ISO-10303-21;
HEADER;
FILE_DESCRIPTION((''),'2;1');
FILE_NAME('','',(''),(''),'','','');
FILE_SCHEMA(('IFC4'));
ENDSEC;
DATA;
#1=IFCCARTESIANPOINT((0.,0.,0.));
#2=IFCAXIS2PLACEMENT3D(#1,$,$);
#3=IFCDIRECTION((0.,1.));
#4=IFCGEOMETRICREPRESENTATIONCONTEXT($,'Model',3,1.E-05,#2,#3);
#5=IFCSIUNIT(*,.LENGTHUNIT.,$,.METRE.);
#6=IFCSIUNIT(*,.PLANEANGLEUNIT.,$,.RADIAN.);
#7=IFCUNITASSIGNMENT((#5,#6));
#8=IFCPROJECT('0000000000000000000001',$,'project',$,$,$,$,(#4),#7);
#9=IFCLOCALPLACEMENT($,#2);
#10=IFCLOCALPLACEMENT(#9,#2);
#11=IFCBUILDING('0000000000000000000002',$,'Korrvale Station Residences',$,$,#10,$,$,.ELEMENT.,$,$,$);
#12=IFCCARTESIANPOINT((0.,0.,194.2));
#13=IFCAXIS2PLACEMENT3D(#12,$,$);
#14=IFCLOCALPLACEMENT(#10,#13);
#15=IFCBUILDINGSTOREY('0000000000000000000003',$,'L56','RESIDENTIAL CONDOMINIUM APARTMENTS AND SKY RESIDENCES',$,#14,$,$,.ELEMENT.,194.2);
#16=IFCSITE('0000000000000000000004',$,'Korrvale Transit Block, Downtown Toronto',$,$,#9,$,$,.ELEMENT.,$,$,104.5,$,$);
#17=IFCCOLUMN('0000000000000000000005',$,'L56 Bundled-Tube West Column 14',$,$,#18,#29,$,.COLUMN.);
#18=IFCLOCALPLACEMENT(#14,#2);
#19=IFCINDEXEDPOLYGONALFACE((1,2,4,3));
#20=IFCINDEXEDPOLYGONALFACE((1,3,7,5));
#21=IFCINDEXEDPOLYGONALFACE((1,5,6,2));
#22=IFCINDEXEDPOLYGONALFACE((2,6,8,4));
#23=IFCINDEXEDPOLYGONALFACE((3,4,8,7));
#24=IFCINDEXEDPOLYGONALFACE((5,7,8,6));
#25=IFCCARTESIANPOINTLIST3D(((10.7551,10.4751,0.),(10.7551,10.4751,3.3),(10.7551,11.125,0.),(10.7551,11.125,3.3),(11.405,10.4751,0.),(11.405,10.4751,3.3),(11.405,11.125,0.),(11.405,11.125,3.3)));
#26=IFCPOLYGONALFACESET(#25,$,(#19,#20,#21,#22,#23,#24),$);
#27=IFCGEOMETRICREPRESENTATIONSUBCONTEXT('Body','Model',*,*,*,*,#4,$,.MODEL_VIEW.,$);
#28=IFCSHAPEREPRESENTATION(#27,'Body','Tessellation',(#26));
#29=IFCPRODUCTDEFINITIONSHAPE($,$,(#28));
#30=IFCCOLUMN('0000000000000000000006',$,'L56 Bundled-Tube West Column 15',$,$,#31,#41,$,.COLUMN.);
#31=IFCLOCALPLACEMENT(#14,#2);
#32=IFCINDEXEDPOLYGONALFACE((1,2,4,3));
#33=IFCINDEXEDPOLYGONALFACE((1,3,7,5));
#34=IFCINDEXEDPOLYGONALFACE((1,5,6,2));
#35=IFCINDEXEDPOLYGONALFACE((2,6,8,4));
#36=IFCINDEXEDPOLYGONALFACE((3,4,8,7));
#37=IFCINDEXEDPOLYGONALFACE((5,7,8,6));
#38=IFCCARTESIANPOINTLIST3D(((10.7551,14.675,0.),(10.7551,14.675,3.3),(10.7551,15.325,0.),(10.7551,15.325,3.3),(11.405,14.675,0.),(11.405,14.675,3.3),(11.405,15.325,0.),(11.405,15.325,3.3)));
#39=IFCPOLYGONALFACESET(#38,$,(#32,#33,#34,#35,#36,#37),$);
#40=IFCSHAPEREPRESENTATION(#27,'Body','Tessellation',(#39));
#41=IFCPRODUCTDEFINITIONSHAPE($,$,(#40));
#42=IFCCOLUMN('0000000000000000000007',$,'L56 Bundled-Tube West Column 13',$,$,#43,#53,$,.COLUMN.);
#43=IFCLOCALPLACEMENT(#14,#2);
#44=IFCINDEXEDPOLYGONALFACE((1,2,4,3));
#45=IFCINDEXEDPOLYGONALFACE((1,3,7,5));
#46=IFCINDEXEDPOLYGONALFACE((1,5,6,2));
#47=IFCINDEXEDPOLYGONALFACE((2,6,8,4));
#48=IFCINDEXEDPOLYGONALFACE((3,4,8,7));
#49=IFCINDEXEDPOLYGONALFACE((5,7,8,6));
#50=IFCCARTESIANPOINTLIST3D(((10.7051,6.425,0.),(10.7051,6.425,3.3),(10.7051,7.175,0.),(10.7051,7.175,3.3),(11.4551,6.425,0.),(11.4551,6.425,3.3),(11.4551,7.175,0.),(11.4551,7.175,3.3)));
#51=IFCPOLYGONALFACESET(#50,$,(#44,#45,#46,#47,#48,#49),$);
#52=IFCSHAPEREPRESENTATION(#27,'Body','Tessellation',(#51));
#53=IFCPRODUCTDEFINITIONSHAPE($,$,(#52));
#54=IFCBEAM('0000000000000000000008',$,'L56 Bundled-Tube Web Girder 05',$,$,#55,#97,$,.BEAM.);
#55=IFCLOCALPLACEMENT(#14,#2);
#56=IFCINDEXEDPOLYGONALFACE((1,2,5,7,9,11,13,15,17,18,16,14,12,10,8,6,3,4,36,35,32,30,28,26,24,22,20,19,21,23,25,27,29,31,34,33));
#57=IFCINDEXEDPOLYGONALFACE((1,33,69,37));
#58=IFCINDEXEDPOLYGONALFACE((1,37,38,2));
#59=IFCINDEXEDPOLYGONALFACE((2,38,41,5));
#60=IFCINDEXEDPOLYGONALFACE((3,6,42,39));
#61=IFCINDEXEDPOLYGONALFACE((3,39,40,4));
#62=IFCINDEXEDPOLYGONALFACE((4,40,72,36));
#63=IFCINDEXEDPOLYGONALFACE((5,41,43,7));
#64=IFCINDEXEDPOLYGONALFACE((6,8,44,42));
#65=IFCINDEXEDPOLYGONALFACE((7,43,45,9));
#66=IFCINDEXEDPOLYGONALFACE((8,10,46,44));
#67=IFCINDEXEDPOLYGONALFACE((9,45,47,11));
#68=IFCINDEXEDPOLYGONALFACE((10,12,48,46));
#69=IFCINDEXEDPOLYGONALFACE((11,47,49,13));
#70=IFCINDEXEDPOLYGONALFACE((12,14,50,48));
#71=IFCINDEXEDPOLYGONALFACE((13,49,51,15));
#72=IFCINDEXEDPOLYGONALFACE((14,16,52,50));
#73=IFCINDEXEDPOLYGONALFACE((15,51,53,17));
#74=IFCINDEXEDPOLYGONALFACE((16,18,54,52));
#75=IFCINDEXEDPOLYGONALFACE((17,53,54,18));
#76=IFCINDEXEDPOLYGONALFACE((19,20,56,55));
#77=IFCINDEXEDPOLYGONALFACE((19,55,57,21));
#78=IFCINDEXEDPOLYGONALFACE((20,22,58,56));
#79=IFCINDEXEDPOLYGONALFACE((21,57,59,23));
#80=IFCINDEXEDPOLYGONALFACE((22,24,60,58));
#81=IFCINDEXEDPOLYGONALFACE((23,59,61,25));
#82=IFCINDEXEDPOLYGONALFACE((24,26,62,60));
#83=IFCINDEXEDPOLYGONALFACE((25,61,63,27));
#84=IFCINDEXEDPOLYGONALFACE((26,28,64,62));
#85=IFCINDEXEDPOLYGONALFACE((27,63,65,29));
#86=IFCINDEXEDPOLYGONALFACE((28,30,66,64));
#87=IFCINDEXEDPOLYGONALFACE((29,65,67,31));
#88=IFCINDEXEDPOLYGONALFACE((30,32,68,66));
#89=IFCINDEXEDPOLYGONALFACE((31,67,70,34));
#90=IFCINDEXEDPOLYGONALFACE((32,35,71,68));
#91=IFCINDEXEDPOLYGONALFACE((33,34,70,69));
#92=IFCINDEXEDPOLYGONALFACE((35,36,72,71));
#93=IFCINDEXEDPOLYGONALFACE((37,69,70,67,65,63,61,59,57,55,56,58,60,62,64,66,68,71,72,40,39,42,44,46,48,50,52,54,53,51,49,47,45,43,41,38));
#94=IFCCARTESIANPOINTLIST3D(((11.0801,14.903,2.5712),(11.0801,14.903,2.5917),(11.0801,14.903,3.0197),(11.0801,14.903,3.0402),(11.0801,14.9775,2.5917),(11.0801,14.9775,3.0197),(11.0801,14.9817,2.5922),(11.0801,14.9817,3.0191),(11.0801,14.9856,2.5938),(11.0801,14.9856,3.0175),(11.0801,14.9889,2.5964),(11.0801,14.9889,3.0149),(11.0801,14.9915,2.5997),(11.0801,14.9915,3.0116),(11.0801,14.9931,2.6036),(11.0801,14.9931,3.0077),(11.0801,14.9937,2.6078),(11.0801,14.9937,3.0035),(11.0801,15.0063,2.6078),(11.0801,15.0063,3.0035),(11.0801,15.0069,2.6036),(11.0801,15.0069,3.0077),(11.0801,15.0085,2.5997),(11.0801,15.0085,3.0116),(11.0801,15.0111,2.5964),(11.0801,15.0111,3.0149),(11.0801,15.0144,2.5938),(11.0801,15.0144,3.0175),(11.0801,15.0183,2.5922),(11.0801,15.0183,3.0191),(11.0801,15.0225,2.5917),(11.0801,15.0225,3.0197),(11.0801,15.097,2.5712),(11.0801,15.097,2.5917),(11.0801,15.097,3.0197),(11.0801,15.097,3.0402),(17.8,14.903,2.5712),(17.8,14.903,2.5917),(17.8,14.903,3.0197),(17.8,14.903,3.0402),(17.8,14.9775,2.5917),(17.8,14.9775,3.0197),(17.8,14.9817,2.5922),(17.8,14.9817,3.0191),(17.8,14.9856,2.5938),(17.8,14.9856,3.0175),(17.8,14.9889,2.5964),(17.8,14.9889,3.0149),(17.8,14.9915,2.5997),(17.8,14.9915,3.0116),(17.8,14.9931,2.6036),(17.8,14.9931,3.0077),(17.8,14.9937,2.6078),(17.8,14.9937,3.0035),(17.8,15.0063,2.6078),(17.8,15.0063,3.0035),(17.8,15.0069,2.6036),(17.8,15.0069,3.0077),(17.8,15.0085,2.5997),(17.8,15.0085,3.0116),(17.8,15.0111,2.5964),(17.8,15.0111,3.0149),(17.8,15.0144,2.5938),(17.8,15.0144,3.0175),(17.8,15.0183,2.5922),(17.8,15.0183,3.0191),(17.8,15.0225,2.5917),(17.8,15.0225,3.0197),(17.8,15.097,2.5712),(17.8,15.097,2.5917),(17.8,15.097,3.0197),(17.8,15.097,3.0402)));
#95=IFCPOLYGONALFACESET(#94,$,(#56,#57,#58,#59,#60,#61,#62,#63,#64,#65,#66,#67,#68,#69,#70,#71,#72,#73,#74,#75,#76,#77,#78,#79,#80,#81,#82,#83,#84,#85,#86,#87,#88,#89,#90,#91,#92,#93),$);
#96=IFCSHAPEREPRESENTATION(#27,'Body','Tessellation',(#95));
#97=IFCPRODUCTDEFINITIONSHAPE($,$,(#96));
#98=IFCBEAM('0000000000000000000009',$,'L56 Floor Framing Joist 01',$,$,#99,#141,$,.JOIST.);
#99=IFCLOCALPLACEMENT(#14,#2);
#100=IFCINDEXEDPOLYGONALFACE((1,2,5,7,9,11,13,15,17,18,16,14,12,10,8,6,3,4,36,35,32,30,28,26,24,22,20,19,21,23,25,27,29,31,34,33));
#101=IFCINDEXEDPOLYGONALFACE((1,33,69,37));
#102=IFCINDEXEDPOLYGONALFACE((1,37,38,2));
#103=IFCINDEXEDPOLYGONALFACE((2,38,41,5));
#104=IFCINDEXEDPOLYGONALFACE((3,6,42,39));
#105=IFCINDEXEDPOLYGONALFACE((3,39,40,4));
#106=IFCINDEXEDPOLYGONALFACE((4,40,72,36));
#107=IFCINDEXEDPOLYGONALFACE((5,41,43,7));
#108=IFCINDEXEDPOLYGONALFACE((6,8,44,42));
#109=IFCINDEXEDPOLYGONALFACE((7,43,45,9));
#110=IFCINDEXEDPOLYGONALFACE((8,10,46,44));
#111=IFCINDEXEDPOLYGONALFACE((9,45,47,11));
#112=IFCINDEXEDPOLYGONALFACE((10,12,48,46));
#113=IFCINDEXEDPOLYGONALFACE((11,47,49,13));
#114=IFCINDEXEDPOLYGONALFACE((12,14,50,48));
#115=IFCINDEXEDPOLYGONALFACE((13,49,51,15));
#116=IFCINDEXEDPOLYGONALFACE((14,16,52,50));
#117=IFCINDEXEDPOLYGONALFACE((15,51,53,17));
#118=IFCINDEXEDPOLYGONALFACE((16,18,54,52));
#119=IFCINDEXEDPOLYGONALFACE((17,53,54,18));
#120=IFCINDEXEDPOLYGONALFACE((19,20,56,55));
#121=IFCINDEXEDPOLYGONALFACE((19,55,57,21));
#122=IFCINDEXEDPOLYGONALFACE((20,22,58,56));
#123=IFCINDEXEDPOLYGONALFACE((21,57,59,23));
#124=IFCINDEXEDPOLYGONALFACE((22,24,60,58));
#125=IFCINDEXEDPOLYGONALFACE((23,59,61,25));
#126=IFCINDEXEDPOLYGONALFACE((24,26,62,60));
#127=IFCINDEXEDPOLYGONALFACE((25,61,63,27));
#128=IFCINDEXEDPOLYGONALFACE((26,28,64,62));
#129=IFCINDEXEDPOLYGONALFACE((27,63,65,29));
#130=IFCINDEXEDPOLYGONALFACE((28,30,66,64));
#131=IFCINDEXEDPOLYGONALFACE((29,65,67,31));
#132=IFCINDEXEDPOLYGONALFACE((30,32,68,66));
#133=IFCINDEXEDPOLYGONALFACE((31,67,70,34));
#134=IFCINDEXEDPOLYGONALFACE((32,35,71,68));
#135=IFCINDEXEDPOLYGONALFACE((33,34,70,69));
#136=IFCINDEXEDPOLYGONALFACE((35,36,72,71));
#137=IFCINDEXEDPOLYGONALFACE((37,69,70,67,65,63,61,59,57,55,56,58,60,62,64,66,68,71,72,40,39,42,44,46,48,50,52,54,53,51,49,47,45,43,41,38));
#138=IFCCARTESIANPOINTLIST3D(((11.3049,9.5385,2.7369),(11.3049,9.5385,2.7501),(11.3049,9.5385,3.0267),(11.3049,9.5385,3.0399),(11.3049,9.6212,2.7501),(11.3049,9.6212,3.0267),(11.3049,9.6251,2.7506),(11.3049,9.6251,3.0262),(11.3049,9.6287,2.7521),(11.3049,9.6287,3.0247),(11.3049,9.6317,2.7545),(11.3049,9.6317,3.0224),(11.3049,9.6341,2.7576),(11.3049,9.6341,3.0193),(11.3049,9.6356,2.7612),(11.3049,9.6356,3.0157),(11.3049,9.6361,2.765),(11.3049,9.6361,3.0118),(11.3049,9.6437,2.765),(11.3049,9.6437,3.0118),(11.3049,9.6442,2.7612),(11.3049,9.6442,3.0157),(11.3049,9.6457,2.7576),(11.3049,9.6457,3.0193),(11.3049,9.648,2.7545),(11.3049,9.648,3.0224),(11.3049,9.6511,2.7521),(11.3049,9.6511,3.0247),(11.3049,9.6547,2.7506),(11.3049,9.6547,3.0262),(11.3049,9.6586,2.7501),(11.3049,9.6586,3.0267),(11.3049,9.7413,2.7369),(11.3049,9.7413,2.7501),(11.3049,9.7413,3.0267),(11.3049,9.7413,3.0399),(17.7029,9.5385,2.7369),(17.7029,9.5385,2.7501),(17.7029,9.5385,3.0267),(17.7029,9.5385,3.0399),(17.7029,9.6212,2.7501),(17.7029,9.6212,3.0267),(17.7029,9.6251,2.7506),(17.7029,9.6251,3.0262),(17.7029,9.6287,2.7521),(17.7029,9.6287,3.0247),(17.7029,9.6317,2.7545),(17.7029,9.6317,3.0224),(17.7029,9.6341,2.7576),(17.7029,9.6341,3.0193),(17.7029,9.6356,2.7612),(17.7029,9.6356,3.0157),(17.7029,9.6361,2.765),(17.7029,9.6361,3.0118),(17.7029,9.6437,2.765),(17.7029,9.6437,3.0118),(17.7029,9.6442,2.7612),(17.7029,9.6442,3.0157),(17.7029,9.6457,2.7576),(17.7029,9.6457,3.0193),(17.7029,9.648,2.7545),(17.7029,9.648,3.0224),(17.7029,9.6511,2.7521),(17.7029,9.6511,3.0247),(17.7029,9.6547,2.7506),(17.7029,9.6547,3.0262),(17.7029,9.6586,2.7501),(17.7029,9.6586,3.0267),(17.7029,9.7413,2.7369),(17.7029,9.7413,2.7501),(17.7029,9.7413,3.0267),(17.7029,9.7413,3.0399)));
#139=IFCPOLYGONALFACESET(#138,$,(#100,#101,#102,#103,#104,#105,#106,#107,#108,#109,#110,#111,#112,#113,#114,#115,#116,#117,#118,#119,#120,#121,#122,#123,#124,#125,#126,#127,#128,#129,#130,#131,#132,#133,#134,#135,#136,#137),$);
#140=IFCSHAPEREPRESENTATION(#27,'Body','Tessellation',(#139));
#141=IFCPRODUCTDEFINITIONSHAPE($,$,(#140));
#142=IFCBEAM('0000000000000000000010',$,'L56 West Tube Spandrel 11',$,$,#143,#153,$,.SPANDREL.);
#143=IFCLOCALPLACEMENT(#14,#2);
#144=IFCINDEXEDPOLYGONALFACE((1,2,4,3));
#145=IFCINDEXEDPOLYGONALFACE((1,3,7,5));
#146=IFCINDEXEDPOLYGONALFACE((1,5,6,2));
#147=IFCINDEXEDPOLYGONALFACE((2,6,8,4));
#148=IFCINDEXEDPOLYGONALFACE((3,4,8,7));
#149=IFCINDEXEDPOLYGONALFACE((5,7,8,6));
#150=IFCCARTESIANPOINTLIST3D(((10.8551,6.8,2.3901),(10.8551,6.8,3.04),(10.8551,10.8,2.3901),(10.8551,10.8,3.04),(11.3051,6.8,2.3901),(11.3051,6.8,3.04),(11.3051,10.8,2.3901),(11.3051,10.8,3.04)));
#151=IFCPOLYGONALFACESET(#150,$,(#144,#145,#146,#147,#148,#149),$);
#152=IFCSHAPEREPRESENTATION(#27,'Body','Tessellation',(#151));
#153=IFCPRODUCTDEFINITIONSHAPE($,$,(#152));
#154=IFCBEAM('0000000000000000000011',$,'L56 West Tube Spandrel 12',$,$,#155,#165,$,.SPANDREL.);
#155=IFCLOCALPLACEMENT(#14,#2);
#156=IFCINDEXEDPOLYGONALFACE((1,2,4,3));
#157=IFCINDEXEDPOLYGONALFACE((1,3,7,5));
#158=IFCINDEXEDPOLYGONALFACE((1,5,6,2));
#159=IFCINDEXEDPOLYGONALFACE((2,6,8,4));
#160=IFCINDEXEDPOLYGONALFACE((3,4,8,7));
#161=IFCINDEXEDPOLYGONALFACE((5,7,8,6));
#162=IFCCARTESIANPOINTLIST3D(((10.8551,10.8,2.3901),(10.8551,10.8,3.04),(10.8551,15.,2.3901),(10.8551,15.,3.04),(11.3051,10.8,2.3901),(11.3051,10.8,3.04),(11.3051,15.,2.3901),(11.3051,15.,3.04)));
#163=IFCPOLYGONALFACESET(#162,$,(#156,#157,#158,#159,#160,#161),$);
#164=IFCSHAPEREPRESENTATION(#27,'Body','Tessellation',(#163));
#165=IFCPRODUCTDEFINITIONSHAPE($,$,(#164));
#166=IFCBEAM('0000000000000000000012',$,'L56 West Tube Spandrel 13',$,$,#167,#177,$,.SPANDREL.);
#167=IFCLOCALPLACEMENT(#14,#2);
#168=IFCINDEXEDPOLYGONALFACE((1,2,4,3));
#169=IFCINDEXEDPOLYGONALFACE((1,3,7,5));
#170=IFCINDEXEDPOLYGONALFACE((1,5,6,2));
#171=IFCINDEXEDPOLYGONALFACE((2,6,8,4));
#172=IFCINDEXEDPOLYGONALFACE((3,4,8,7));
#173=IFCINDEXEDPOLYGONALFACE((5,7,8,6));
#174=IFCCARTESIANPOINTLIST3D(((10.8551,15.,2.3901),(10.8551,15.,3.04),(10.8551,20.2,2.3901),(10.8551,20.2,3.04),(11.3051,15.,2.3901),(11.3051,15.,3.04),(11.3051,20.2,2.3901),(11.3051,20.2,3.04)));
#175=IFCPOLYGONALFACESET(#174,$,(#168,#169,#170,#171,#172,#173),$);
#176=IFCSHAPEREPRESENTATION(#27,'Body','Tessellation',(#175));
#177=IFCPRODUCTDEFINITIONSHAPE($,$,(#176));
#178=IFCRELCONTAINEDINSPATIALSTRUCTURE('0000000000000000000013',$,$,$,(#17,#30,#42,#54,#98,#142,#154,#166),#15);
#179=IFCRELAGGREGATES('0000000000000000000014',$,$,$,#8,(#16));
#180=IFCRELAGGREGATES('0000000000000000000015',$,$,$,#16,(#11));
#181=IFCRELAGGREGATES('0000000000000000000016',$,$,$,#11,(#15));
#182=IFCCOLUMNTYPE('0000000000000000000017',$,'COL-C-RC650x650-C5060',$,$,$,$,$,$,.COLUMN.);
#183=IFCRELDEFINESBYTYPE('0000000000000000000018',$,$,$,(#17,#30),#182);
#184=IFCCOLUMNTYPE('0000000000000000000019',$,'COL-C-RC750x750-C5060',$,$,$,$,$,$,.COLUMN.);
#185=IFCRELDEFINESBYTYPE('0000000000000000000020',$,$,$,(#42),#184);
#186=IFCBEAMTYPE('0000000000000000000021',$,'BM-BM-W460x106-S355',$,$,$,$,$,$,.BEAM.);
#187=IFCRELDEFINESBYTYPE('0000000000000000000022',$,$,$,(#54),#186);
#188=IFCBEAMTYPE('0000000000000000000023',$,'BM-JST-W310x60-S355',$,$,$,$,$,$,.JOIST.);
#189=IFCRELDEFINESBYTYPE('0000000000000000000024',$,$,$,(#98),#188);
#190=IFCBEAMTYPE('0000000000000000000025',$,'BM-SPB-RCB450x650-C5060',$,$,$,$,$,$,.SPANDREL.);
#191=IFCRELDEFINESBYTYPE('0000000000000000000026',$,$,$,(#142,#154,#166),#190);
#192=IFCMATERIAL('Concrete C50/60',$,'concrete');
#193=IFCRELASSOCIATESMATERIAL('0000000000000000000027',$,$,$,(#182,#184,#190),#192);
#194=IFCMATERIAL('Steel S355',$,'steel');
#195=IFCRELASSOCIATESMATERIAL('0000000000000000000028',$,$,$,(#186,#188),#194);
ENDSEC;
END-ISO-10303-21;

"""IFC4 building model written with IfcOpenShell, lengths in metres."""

from ifc_helpers import new_model, si_unit, direction, frame, origin, origin_2d, place, context, subcontext, project, spatial, rectangle, i_section, extrude, material, material_profile, profile_set, type_object, element, save


model = new_model("IFC4")

# Units and contexts
model_context = context("Model", 3, precision=1e-05, world=origin(), true_north=direction((0.0, 1.0)))
body_context = subcontext(model_context, "Body", "Model", "MODEL_VIEW")
ifc_project = project(units=[si_unit("LENGTHUNIT", "METRE"), si_unit("PLANEANGLEUNIT", "RADIAN")], contexts=[model_context])

# Site, building, storey
site_placement = place(None, origin())
site = spatial("IfcSite", under=ifc_project, at=site_placement, Name="Korrvale Transit Block, Downtown Toronto", CompositionType="ELEMENT", RefElevation=104.5)
building_placement = place(site_placement, origin())
building = spatial("IfcBuilding", under=site, at=building_placement, Name="Korrvale Station Residences", CompositionType="ELEMENT")
storey_placement = place(building_placement, frame((0.0, 0.0, 194.2)))
storey = spatial("IfcBuildingStorey", under=building, at=storey_placement, Name="L56", Description="RESIDENTIAL CONDOMINIUM APARTMENTS AND SKY RESIDENCES", CompositionType="ELEMENT", Elevation=194.2)

# Columns
ifc_material_1 = material(Name="Concrete C50/60", Category="concrete")
ifc_material_profile_1 = material_profile(ifc_material_1, rectangle(XDim=0.6499, YDim=0.6499, at=origin_2d()), Name="RC650x650")
ifc_profile_set_1 = profile_set([ifc_material_profile_1], Name="Concrete C50/60")
column_type_1 = type_object("IfcColumnType", Name="COL-C-RC650x650-C5060", PredefinedType="COLUMN", material=ifc_profile_set_1)
for number, where, z_axis, x_axis, name in (
    (1, (11.0801, 10.8, 0.0), (0.0, 0.0, 1.0), (1.0, 0.0, 0.0), "L56 Bundled-Tube West Column 14"),
    (2, (11.0801, 15.0, 0.0), (0.0, 0.0, 1.0), (1.0, 0.0, 0.0), "L56 Bundled-Tube West Column 15"),
):
    element("IfcColumn", number, at=place(storey_placement, frame(where, z_axis=z_axis, x_axis=x_axis)), inside=storey, type_object=column_type_1, Name=name, PredefinedType="COLUMN", context=body_context, shape_type="SweptSolid", body=[
        extrude(rectangle(XDim=0.6499, YDim=0.6499, at=origin_2d()), origin(), (0.0, 0.0, 1.0), 3.3),
    ])
ifc_material_profile_2 = material_profile(ifc_material_1, rectangle(XDim=0.75, YDim=0.75, at=origin_2d()), Name="RC750x750")
ifc_profile_set_2 = profile_set([ifc_material_profile_2], Name="Concrete C50/60")
column_type_2 = type_object("IfcColumnType", Name="COL-C-RC750x750-C5060", PredefinedType="COLUMN", material=ifc_profile_set_2)
column_placement = place(storey_placement, frame((11.0801, 6.8, 0.0), z_axis=(0.0, 0.0, 1.0), x_axis=(1.0, 0.0, 0.0)))
element("IfcColumn", 3, at=column_placement, inside=storey, type_object=column_type_2, Name="L56 Bundled-Tube West Column 13", PredefinedType="COLUMN", context=body_context, shape_type="SweptSolid", body=[
    extrude(rectangle(XDim=0.75, YDim=0.75, at=origin_2d()), origin(), (0.0, 0.0, 1.0), 3.3),
])

# Beams
ifc_material_2 = material(Name="Steel S355", Category="steel")
ifc_material_profile_3 = material_profile(ifc_material_2, i_section(OverallWidth=0.1941, OverallDepth=0.469, WebThickness=0.0127, FlangeThickness=0.0205, FilletRadius=0.0161, at=origin_2d()), Name="W460x106")
ifc_profile_set_3 = profile_set([ifc_material_profile_3], Name="Steel S355")
beam_type_1 = type_object("IfcBeamType", Name="BM-BM-W460x106-S355", PredefinedType="BEAM", material=ifc_profile_set_3)
beam_1_placement = place(storey_placement, frame((11.0801, 15.0, 2.8057), z_axis=(1.0, 0.0, 0.0), x_axis=(0.0, 1.0, 0.0)))
element("IfcBeam", 4, at=beam_1_placement, inside=storey, type_object=beam_type_1, Name="L56 Bundled-Tube Web Girder 05", PredefinedType="BEAM", context=body_context, shape_type="SweptSolid", body=[
    extrude(i_section(OverallWidth=0.1941, OverallDepth=0.469, WebThickness=0.0127, FlangeThickness=0.0205, FilletRadius=0.0161, at=origin_2d()), origin(), (0.0, 0.0, 1.0), 6.72),
])
ifc_material_profile_4 = material_profile(ifc_material_2, i_section(OverallWidth=0.2029, OverallDepth=0.303, WebThickness=0.0076, FlangeThickness=0.0132, FilletRadius=0.0149, at=origin_2d()), Name="W310x60")
ifc_profile_set_4 = profile_set([ifc_material_profile_4], Name="Steel S355")
beam_type_2 = type_object("IfcBeamType", Name="BM-JST-W310x60-S355", PredefinedType="JOIST", material=ifc_profile_set_4)
beam_2_placement = place(storey_placement, frame((11.3049, 9.6399, 2.8884), z_axis=(1.0, 0.0, 0.0), x_axis=(0.0, 1.0, 0.0)))
element("IfcBeam", 5, at=beam_2_placement, inside=storey, type_object=beam_type_2, Name="L56 Floor Framing Joist 01", PredefinedType="JOIST", context=body_context, shape_type="SweptSolid", body=[
    extrude(i_section(OverallWidth=0.2029, OverallDepth=0.303, WebThickness=0.0076, FlangeThickness=0.0132, FilletRadius=0.0149, at=origin_2d()), origin(), (0.0, 0.0, 1.0), 6.3979),
])
ifc_material_profile_5 = material_profile(ifc_material_1, rectangle(XDim=0.45, YDim=0.6499, at=origin_2d()), Name="RCB450x650")
ifc_profile_set_5 = profile_set([ifc_material_profile_5], Name="Concrete C50/60")
beam_type_3 = type_object("IfcBeamType", Name="BM-SPB-RCB450x650-C5060", PredefinedType="SPANDREL", material=ifc_profile_set_5)
beam_3_placement = place(storey_placement, frame((11.0801, 6.8, 2.7151), z_axis=(0.0, 1.0, 0.0), x_axis=(-1.0, 0.0, 0.0)))
element("IfcBeam", 6, at=beam_3_placement, inside=storey, type_object=beam_type_3, Name="L56 West Tube Spandrel 11", PredefinedType="SPANDREL", context=body_context, shape_type="SweptSolid", body=[
    extrude(rectangle(XDim=0.45, YDim=0.6499, at=origin_2d()), origin(), (0.0, 0.0, 1.0), 4.0),
])
beam_4_placement = place(storey_placement, frame((11.0801, 10.8, 2.7151), z_axis=(0.0, 1.0, 0.0), x_axis=(-1.0, 0.0, 0.0)))
element("IfcBeam", 7, at=beam_4_placement, inside=storey, type_object=beam_type_3, Name="L56 West Tube Spandrel 12", PredefinedType="SPANDREL", context=body_context, shape_type="SweptSolid", body=[
    extrude(rectangle(XDim=0.45, YDim=0.6499, at=origin_2d()), origin(), (0.0, 0.0, 1.0), 4.2),
])
beam_5_placement = place(storey_placement, frame((11.0801, 15.0, 2.7151), z_axis=(0.0, 1.0, 0.0), x_axis=(-1.0, 0.0, 0.0)))
element("IfcBeam", 8, at=beam_5_placement, inside=storey, type_object=beam_type_3, Name="L56 West Tube Spandrel 13", PredefinedType="SPANDREL", context=body_context, shape_type="SweptSolid", body=[
    extrude(rectangle(XDim=0.45, YDim=0.6499, at=origin_2d()), origin(), (0.0, 0.0, 1.0), 5.2),
])

save(model, "model.ifc")
